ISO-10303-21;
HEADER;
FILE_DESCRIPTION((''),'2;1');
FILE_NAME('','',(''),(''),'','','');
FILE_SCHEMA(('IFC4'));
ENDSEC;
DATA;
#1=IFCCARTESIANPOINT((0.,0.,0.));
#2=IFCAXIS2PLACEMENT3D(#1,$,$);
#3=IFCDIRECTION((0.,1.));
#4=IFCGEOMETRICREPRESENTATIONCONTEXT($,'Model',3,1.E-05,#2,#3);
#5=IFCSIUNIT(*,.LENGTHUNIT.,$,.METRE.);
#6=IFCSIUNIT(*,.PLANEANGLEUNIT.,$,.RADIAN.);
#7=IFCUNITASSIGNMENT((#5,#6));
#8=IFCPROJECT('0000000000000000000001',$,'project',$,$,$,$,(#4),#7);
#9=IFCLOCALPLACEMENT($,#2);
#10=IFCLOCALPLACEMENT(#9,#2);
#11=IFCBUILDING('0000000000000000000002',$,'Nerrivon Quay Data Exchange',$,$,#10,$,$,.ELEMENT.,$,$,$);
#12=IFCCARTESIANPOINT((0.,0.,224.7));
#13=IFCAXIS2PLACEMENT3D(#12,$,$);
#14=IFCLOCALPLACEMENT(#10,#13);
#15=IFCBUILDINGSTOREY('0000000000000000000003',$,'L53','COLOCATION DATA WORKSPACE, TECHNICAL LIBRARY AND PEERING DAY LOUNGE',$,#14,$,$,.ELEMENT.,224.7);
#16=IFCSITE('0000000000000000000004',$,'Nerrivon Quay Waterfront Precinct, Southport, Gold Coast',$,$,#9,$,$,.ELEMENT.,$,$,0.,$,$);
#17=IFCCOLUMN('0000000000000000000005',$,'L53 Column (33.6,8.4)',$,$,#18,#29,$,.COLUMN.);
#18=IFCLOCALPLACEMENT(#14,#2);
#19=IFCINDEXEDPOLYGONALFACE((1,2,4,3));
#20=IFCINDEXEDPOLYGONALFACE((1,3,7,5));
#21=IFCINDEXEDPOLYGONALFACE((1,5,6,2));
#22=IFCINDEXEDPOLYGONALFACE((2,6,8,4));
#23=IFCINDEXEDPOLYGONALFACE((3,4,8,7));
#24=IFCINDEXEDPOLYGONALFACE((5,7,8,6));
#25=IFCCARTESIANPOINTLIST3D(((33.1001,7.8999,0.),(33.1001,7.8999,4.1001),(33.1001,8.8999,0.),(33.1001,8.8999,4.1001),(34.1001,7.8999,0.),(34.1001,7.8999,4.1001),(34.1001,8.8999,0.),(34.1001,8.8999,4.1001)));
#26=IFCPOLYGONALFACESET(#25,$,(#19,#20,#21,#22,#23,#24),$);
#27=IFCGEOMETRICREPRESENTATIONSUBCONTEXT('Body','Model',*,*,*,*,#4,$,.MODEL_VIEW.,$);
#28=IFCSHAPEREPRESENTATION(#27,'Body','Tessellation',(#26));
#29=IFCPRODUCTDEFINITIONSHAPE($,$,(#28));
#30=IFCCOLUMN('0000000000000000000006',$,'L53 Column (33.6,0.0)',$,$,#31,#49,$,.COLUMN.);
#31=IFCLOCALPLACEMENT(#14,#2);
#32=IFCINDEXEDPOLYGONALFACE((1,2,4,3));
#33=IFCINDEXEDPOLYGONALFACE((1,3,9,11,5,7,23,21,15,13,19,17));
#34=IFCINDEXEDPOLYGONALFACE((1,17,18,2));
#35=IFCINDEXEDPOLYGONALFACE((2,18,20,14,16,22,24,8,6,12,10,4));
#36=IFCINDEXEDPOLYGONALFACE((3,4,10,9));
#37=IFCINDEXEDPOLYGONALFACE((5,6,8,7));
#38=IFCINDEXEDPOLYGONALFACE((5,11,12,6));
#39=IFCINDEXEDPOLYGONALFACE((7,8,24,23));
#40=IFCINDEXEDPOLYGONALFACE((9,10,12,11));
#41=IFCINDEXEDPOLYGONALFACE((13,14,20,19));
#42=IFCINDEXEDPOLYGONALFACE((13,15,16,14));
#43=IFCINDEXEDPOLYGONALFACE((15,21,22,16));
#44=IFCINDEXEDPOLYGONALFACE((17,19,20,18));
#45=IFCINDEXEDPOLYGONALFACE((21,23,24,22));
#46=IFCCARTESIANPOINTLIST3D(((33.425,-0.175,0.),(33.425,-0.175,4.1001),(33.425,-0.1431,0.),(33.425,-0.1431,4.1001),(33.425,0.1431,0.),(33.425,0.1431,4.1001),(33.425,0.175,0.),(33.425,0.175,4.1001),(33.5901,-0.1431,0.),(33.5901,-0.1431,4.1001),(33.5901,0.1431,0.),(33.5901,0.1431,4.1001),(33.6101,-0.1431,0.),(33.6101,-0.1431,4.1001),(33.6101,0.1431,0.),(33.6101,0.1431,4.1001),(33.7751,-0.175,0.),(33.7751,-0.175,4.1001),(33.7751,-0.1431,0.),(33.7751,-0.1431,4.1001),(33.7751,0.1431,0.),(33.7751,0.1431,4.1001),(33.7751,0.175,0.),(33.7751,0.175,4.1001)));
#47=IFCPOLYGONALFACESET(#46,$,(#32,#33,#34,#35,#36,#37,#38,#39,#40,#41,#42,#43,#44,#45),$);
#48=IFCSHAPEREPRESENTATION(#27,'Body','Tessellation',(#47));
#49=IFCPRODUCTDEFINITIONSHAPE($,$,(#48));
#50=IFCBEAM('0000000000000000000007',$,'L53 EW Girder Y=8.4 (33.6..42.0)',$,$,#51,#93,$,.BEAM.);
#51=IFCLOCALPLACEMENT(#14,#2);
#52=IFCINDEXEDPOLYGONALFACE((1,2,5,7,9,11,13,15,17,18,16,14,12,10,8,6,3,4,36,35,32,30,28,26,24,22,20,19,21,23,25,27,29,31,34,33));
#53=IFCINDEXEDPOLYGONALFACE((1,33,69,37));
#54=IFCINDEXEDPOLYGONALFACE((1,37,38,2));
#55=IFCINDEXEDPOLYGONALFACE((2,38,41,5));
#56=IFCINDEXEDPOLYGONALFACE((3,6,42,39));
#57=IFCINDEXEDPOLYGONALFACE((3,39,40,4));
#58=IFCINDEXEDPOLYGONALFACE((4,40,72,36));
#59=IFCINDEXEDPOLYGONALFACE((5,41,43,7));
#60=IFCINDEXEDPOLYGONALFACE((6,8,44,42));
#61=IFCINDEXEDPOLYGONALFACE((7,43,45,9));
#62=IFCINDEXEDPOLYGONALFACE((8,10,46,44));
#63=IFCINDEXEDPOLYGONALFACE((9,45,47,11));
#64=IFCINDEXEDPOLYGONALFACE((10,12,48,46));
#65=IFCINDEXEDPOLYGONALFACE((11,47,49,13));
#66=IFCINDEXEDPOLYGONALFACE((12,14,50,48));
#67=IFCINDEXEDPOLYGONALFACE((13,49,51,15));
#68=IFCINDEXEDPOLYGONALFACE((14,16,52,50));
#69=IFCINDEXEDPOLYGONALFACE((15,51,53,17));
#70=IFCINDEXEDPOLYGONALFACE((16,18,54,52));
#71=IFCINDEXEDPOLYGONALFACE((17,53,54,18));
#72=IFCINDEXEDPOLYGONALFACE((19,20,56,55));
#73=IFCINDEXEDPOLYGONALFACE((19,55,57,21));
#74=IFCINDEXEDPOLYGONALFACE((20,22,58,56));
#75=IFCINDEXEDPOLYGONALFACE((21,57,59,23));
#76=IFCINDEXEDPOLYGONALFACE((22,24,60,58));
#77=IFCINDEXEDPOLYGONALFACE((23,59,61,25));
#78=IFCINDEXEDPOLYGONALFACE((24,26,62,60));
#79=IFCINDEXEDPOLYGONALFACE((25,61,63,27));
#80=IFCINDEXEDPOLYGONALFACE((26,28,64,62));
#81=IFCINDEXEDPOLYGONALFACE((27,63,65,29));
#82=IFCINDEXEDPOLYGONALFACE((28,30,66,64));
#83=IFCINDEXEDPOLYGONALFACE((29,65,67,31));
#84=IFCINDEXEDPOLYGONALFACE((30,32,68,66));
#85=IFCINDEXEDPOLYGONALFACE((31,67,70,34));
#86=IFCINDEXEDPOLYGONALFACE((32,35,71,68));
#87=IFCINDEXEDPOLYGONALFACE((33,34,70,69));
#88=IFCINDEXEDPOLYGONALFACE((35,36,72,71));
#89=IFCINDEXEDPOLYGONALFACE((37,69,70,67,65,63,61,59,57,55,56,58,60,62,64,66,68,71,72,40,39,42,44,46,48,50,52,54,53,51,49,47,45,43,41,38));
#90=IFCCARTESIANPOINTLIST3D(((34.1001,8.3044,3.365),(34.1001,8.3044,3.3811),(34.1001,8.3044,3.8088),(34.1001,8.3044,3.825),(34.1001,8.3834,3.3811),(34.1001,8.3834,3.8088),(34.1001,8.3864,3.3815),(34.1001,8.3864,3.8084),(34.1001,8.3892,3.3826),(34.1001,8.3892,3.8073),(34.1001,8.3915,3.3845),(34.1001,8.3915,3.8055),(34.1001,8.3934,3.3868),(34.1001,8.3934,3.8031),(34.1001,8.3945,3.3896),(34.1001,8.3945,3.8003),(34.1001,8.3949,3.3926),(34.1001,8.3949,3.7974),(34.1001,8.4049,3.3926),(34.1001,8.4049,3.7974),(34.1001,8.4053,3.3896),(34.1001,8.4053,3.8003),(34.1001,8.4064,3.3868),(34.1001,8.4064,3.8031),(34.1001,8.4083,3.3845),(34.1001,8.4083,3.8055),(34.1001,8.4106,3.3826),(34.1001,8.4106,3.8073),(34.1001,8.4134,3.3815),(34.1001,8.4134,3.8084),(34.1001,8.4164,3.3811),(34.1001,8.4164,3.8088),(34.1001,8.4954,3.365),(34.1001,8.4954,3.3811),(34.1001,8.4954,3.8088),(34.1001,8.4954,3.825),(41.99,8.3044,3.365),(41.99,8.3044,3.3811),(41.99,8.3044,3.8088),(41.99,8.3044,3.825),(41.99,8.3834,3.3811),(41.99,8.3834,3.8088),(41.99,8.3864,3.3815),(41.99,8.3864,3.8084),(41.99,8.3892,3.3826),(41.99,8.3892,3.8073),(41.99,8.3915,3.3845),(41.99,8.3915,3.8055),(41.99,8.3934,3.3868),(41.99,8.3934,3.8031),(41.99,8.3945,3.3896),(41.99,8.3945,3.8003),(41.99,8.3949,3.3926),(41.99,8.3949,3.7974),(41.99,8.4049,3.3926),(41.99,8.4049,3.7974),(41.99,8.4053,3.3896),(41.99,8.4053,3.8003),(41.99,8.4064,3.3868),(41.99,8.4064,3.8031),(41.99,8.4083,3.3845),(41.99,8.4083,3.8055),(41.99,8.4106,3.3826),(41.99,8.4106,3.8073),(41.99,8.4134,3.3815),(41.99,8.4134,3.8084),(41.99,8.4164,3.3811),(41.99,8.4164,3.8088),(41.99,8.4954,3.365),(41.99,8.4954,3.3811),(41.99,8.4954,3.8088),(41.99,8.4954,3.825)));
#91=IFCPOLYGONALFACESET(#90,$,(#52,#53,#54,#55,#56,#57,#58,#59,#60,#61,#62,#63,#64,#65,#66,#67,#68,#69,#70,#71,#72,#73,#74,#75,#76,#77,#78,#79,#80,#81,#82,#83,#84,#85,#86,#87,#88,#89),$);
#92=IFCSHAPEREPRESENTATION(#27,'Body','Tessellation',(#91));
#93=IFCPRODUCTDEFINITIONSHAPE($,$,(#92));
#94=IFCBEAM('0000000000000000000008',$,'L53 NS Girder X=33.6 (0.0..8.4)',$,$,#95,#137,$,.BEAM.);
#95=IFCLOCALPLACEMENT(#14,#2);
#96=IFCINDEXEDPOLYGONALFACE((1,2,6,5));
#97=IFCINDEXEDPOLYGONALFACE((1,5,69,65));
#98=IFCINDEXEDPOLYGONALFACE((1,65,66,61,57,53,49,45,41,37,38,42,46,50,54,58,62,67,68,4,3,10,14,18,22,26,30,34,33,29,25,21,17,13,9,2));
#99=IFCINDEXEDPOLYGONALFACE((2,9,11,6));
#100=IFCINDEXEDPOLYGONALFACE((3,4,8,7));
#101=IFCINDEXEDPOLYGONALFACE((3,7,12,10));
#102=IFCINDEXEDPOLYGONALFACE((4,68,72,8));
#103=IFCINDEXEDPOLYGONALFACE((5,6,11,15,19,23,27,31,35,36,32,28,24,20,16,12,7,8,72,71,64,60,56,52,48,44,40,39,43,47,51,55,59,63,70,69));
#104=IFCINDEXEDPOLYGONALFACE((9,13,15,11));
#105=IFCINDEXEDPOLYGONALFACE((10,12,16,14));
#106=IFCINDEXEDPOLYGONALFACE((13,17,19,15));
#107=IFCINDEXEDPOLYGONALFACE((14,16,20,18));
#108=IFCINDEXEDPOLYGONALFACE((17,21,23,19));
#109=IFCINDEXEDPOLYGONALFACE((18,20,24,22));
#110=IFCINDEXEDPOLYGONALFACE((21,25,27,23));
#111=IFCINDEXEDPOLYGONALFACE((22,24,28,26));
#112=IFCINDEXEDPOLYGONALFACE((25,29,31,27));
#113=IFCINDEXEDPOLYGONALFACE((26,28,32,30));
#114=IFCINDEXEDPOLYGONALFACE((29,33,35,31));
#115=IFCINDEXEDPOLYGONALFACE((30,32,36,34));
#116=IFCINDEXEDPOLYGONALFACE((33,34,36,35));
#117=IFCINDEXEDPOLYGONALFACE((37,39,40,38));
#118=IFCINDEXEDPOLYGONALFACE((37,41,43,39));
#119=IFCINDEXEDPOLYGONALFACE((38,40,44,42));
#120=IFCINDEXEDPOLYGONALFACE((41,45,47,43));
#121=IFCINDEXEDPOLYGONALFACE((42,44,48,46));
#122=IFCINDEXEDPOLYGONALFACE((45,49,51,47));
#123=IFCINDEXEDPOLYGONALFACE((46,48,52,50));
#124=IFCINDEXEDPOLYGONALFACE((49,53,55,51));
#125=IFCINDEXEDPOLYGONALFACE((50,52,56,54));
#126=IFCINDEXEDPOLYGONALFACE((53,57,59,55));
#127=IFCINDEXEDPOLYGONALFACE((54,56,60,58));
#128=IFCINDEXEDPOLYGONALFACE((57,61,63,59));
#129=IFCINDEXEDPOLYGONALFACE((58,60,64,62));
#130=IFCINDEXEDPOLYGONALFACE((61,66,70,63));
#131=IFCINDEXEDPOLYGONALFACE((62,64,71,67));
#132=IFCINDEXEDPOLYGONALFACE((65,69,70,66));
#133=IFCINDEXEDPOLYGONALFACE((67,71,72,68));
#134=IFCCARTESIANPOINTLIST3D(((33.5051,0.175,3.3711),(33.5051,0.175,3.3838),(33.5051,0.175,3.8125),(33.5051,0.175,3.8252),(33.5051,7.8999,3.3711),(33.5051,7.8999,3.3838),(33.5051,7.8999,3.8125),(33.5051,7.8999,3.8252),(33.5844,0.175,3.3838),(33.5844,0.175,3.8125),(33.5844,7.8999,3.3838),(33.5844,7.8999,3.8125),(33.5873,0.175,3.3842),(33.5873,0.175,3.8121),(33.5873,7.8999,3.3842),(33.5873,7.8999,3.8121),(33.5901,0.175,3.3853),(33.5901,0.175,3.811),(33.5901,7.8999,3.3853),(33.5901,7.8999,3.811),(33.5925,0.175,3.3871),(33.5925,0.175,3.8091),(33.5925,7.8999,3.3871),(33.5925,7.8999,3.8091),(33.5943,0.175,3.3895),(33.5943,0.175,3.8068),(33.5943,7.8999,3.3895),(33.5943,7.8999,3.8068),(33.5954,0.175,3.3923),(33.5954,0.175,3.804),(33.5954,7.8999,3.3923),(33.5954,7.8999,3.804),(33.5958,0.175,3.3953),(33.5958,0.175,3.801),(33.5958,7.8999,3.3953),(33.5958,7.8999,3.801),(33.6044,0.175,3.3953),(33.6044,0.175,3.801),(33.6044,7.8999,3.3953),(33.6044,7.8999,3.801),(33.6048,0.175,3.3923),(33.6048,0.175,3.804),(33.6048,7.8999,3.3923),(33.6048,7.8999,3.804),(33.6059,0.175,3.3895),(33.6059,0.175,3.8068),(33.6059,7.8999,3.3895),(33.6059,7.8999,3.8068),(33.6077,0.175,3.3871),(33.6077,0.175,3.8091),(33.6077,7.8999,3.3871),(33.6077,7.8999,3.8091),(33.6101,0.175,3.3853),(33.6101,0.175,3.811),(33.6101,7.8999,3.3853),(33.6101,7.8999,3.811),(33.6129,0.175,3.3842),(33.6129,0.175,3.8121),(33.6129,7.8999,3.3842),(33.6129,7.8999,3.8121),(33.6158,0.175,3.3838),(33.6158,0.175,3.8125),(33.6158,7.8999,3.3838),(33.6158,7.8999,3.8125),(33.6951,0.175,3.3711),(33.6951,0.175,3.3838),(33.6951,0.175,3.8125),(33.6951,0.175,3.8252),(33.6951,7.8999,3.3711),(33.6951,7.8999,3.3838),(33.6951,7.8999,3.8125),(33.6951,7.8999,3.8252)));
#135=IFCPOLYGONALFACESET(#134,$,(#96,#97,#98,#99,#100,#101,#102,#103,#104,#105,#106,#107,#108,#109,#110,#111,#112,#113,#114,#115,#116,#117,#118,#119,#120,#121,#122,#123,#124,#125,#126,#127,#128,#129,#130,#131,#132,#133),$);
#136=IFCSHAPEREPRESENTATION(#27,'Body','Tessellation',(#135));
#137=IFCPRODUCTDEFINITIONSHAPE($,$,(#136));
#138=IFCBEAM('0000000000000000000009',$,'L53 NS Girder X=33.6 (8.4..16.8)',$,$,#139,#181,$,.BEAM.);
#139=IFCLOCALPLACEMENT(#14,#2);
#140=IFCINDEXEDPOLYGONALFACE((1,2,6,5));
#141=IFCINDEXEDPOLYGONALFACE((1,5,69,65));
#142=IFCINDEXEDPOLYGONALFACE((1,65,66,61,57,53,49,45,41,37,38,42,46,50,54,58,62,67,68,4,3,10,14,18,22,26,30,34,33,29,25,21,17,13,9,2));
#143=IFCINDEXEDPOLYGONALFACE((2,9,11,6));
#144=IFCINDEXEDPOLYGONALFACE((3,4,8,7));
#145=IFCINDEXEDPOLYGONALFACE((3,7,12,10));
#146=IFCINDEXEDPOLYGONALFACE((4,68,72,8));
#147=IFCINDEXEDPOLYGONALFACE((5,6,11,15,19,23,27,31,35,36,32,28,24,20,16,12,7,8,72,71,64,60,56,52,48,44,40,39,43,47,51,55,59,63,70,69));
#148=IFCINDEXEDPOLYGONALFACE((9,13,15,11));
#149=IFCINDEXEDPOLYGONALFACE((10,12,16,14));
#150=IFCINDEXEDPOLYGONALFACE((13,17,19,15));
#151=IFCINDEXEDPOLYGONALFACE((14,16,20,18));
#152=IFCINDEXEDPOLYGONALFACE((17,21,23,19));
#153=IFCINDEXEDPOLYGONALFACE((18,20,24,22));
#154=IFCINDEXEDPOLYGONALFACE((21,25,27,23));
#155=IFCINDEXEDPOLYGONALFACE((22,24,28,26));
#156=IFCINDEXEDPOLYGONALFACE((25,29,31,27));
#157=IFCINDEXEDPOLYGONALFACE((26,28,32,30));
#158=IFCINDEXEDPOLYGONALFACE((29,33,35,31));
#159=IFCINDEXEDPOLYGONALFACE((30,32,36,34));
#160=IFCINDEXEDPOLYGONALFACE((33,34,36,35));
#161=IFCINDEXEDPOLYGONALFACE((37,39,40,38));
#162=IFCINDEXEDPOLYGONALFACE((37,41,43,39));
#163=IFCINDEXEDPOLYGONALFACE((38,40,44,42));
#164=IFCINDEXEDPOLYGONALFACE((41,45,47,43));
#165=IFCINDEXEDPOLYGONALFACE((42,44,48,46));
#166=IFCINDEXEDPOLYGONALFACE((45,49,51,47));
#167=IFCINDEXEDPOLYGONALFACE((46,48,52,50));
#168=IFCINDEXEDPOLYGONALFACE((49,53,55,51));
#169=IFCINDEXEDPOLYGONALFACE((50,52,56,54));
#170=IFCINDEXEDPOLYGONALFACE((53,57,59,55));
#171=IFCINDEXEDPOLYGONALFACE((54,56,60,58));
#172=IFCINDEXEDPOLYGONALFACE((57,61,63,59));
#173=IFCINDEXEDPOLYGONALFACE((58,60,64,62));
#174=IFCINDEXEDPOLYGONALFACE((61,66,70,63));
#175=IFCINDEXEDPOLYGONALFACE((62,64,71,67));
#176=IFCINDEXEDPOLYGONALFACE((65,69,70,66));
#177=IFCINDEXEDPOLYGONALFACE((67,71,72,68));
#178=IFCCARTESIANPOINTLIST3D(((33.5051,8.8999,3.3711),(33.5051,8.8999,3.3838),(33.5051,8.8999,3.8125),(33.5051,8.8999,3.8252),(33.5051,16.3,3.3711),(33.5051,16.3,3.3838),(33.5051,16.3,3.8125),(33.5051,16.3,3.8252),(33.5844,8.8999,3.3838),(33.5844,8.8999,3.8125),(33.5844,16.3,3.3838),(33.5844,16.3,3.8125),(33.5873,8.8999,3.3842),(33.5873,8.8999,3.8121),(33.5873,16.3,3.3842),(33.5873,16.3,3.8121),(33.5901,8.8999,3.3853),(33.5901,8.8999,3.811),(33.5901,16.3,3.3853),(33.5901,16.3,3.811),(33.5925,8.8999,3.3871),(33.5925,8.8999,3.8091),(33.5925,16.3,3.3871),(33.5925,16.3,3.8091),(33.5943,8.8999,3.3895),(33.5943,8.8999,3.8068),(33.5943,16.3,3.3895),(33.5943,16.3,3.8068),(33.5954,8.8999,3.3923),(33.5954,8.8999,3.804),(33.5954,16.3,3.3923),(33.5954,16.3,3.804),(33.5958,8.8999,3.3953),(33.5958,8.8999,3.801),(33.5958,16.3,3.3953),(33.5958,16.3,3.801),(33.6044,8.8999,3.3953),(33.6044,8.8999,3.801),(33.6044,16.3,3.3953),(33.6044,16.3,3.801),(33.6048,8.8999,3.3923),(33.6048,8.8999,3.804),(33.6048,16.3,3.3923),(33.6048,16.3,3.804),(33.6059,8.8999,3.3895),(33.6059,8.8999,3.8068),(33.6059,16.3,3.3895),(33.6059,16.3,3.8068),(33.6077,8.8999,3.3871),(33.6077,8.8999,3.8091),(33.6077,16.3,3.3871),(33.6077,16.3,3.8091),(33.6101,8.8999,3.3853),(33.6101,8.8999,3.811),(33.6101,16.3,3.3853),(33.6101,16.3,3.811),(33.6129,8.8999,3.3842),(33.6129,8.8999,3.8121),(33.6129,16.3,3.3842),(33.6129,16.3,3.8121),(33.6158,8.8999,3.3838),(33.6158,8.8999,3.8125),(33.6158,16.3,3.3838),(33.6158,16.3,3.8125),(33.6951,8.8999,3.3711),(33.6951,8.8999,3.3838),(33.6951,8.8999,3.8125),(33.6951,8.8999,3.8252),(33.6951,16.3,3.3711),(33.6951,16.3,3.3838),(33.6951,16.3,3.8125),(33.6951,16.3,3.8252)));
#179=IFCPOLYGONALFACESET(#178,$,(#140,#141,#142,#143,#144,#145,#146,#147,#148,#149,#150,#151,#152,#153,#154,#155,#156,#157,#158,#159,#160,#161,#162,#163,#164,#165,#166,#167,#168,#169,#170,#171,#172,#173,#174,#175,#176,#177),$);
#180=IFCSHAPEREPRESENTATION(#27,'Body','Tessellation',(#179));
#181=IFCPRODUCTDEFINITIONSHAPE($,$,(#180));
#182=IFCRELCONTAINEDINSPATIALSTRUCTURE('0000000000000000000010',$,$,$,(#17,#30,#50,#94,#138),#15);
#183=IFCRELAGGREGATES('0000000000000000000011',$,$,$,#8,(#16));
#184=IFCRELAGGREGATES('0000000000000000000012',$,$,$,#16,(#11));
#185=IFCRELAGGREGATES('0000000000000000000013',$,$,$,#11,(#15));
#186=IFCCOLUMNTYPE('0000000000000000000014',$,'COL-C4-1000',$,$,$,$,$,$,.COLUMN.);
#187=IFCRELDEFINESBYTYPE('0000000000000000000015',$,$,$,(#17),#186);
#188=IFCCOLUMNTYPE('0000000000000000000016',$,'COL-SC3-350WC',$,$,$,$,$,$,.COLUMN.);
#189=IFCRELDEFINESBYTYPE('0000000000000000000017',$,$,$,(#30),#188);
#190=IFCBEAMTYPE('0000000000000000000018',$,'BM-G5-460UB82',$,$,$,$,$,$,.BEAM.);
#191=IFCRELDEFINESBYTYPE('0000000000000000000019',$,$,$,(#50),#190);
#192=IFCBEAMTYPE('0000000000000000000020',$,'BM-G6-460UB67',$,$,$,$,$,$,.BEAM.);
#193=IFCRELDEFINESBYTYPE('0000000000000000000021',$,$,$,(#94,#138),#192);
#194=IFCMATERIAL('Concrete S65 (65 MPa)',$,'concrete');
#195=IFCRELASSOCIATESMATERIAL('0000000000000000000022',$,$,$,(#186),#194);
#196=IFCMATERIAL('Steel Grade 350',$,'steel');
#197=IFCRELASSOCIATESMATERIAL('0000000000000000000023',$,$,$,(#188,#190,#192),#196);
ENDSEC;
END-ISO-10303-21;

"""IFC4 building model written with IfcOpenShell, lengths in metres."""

from ifc_helpers import new_model, si_unit, direction, frame, origin, origin_2d, place, context, subcontext, project, spatial, rectangle, i_section, extrude, material, material_profile, profile_set, type_object, element, save


model = new_model("IFC4")

# Units and contexts
model_context = context("Model", 3, precision=1e-05, world=origin(), true_north=direction((0.0, 1.0)))
body_context = subcontext(model_context, "Body", "Model", "MODEL_VIEW")
ifc_project = project(units=[si_unit("LENGTHUNIT", "METRE"), si_unit("PLANEANGLEUNIT", "RADIAN")], contexts=[model_context])

# Site, building, storey
site_placement = place(None, origin())
site = spatial("IfcSite", under=ifc_project, at=site_placement, Name="Nerrivon Quay Waterfront Precinct, Southport, Gold Coast", CompositionType="ELEMENT", RefElevation=0.0)
building_placement = place(site_placement, origin())
building = spatial("IfcBuilding", under=site, at=building_placement, Name="Nerrivon Quay Data Exchange", CompositionType="ELEMENT")
storey_placement = place(building_placement, frame((0.0, 0.0, 224.7)))
storey = spatial("IfcBuildingStorey", under=building, at=storey_placement, Name="L53", Description="COLOCATION DATA WORKSPACE, TECHNICAL LIBRARY AND PEERING DAY LOUNGE", CompositionType="ELEMENT", Elevation=224.7)

# Columns
ifc_material_1 = material(Name="Concrete S65 (65 MPa)", Category="concrete")
ifc_material_profile_1 = material_profile(ifc_material_1, rectangle(XDim=1.0, YDim=1.0, at=origin_2d()), Name="RC-COL-1000x1000")
ifc_profile_set_1 = profile_set([ifc_material_profile_1], Name="Concrete S65 (65 MPa)")
column_type_1 = type_object("IfcColumnType", Name="COL-C4-1000", PredefinedType="COLUMN", material=ifc_profile_set_1)
column_1_placement = place(storey_placement, frame((33.6001, 8.3999, 0.0), z_axis=(0.0, 0.0, 1.0), x_axis=(1.0, 0.0, 0.0)))
element("IfcColumn", 1, at=column_1_placement, inside=storey, type_object=column_type_1, Name="L53 Column (33.6,8.4)", PredefinedType="COLUMN", context=body_context, shape_type="SweptSolid", body=[
    extrude(rectangle(XDim=1.0, YDim=1.0, at=origin_2d()), origin(), (0.0, 0.0, 1.0), 4.1001),
])
ifc_material_2 = material(Name="Steel Grade 350", Category="steel")
ifc_material_profile_2 = material_profile(ifc_material_2, i_section(OverallWidth=0.3501, OverallDepth=0.3501, WebThickness=0.02, FlangeThickness=0.032, at=origin_2d()), Name="350WC230")
ifc_profile_set_2 = profile_set([ifc_material_profile_2], Name="Steel Grade 350")
column_type_2 = type_object("IfcColumnType", Name="COL-SC3-350WC", PredefinedType="COLUMN", material=ifc_profile_set_2)
column_2_placement = place(storey_placement, frame((33.6001, 0.0, 0.0), z_axis=(0.0, 0.0, 1.0), x_axis=(1.0, 0.0, 0.0)))
element("IfcColumn", 2, at=column_2_placement, inside=storey, type_object=column_type_2, Name="L53 Column (33.6,0.0)", PredefinedType="COLUMN", context=body_context, shape_type="SweptSolid", body=[
    extrude(i_section(OverallWidth=0.3501, OverallDepth=0.3501, WebThickness=0.02, FlangeThickness=0.032, at=origin_2d()), origin(), (0.0, 0.0, 1.0), 4.1001),
])

# Beams
ifc_material_profile_3 = material_profile(ifc_material_2, i_section(OverallWidth=0.1909, OverallDepth=0.46, WebThickness=0.01, FlangeThickness=0.0161, FilletRadius=0.0115, at=origin_2d()), Name="460UB82.1")
ifc_profile_set_3 = profile_set([ifc_material_profile_3], Name="Steel Grade 350")
beam_type_1 = type_object("IfcBeamType", Name="BM-G5-460UB82", PredefinedType="BEAM", material=ifc_profile_set_3)
beam_1_placement = place(storey_placement, frame((34.1001, 8.3999, 3.595), z_axis=(1.0, 0.0, 0.0), x_axis=(0.0, 1.0, 0.0)))
element("IfcBeam", 3, at=beam_1_placement, inside=storey, type_object=beam_type_1, Name="L53 EW Girder Y=8.4 (33.6..42.0)", PredefinedType="BEAM", context=body_context, shape_type="SweptSolid", body=[
    extrude(i_section(OverallWidth=0.1909, OverallDepth=0.46, WebThickness=0.01, FlangeThickness=0.0161, FilletRadius=0.0115, at=origin_2d()), origin(), (0.0, 0.0, 1.0), 7.8899),
])
ifc_material_profile_4 = material_profile(ifc_material_2, i_section(OverallWidth=0.1899, OverallDepth=0.4541, WebThickness=0.0085, FlangeThickness=0.0127, FilletRadius=0.0115, at=origin_2d()), Name="460UB67.1")
ifc_profile_set_4 = profile_set([ifc_material_profile_4], Name="Steel Grade 350")
beam_type_2 = type_object("IfcBeamType", Name="BM-G6-460UB67", PredefinedType="BEAM", material=ifc_profile_set_4)
beam_2_placement = place(storey_placement, frame((33.6001, 0.175, 3.5981), z_axis=(0.0, 1.0, 0.0), x_axis=(-1.0, 0.0, 0.0)))
element("IfcBeam", 4, at=beam_2_placement, inside=storey, type_object=beam_type_2, Name="L53 NS Girder X=33.6 (0.0..8.4)", PredefinedType="BEAM", context=body_context, shape_type="SweptSolid", body=[
    extrude(i_section(OverallWidth=0.1899, OverallDepth=0.4541, WebThickness=0.0085, FlangeThickness=0.0127, FilletRadius=0.0115, at=origin_2d()), origin(), (0.0, 0.0, 1.0), 7.7249),
])
beam_3_placement = place(storey_placement, frame((33.6001, 8.8999, 3.5981), z_axis=(0.0, 1.0, 0.0), x_axis=(-1.0, 0.0, 0.0)))
element("IfcBeam", 5, at=beam_3_placement, inside=storey, type_object=beam_type_2, Name="L53 NS Girder X=33.6 (8.4..16.8)", PredefinedType="BEAM", context=body_context, shape_type="SweptSolid", body=[
    extrude(i_section(OverallWidth=0.1899, OverallDepth=0.4541, WebThickness=0.0085, FlangeThickness=0.0127, FilletRadius=0.0115, at=origin_2d()), origin(), (0.0, 0.0, 1.0), 7.4001),
])

save(model, "model.ifc")
